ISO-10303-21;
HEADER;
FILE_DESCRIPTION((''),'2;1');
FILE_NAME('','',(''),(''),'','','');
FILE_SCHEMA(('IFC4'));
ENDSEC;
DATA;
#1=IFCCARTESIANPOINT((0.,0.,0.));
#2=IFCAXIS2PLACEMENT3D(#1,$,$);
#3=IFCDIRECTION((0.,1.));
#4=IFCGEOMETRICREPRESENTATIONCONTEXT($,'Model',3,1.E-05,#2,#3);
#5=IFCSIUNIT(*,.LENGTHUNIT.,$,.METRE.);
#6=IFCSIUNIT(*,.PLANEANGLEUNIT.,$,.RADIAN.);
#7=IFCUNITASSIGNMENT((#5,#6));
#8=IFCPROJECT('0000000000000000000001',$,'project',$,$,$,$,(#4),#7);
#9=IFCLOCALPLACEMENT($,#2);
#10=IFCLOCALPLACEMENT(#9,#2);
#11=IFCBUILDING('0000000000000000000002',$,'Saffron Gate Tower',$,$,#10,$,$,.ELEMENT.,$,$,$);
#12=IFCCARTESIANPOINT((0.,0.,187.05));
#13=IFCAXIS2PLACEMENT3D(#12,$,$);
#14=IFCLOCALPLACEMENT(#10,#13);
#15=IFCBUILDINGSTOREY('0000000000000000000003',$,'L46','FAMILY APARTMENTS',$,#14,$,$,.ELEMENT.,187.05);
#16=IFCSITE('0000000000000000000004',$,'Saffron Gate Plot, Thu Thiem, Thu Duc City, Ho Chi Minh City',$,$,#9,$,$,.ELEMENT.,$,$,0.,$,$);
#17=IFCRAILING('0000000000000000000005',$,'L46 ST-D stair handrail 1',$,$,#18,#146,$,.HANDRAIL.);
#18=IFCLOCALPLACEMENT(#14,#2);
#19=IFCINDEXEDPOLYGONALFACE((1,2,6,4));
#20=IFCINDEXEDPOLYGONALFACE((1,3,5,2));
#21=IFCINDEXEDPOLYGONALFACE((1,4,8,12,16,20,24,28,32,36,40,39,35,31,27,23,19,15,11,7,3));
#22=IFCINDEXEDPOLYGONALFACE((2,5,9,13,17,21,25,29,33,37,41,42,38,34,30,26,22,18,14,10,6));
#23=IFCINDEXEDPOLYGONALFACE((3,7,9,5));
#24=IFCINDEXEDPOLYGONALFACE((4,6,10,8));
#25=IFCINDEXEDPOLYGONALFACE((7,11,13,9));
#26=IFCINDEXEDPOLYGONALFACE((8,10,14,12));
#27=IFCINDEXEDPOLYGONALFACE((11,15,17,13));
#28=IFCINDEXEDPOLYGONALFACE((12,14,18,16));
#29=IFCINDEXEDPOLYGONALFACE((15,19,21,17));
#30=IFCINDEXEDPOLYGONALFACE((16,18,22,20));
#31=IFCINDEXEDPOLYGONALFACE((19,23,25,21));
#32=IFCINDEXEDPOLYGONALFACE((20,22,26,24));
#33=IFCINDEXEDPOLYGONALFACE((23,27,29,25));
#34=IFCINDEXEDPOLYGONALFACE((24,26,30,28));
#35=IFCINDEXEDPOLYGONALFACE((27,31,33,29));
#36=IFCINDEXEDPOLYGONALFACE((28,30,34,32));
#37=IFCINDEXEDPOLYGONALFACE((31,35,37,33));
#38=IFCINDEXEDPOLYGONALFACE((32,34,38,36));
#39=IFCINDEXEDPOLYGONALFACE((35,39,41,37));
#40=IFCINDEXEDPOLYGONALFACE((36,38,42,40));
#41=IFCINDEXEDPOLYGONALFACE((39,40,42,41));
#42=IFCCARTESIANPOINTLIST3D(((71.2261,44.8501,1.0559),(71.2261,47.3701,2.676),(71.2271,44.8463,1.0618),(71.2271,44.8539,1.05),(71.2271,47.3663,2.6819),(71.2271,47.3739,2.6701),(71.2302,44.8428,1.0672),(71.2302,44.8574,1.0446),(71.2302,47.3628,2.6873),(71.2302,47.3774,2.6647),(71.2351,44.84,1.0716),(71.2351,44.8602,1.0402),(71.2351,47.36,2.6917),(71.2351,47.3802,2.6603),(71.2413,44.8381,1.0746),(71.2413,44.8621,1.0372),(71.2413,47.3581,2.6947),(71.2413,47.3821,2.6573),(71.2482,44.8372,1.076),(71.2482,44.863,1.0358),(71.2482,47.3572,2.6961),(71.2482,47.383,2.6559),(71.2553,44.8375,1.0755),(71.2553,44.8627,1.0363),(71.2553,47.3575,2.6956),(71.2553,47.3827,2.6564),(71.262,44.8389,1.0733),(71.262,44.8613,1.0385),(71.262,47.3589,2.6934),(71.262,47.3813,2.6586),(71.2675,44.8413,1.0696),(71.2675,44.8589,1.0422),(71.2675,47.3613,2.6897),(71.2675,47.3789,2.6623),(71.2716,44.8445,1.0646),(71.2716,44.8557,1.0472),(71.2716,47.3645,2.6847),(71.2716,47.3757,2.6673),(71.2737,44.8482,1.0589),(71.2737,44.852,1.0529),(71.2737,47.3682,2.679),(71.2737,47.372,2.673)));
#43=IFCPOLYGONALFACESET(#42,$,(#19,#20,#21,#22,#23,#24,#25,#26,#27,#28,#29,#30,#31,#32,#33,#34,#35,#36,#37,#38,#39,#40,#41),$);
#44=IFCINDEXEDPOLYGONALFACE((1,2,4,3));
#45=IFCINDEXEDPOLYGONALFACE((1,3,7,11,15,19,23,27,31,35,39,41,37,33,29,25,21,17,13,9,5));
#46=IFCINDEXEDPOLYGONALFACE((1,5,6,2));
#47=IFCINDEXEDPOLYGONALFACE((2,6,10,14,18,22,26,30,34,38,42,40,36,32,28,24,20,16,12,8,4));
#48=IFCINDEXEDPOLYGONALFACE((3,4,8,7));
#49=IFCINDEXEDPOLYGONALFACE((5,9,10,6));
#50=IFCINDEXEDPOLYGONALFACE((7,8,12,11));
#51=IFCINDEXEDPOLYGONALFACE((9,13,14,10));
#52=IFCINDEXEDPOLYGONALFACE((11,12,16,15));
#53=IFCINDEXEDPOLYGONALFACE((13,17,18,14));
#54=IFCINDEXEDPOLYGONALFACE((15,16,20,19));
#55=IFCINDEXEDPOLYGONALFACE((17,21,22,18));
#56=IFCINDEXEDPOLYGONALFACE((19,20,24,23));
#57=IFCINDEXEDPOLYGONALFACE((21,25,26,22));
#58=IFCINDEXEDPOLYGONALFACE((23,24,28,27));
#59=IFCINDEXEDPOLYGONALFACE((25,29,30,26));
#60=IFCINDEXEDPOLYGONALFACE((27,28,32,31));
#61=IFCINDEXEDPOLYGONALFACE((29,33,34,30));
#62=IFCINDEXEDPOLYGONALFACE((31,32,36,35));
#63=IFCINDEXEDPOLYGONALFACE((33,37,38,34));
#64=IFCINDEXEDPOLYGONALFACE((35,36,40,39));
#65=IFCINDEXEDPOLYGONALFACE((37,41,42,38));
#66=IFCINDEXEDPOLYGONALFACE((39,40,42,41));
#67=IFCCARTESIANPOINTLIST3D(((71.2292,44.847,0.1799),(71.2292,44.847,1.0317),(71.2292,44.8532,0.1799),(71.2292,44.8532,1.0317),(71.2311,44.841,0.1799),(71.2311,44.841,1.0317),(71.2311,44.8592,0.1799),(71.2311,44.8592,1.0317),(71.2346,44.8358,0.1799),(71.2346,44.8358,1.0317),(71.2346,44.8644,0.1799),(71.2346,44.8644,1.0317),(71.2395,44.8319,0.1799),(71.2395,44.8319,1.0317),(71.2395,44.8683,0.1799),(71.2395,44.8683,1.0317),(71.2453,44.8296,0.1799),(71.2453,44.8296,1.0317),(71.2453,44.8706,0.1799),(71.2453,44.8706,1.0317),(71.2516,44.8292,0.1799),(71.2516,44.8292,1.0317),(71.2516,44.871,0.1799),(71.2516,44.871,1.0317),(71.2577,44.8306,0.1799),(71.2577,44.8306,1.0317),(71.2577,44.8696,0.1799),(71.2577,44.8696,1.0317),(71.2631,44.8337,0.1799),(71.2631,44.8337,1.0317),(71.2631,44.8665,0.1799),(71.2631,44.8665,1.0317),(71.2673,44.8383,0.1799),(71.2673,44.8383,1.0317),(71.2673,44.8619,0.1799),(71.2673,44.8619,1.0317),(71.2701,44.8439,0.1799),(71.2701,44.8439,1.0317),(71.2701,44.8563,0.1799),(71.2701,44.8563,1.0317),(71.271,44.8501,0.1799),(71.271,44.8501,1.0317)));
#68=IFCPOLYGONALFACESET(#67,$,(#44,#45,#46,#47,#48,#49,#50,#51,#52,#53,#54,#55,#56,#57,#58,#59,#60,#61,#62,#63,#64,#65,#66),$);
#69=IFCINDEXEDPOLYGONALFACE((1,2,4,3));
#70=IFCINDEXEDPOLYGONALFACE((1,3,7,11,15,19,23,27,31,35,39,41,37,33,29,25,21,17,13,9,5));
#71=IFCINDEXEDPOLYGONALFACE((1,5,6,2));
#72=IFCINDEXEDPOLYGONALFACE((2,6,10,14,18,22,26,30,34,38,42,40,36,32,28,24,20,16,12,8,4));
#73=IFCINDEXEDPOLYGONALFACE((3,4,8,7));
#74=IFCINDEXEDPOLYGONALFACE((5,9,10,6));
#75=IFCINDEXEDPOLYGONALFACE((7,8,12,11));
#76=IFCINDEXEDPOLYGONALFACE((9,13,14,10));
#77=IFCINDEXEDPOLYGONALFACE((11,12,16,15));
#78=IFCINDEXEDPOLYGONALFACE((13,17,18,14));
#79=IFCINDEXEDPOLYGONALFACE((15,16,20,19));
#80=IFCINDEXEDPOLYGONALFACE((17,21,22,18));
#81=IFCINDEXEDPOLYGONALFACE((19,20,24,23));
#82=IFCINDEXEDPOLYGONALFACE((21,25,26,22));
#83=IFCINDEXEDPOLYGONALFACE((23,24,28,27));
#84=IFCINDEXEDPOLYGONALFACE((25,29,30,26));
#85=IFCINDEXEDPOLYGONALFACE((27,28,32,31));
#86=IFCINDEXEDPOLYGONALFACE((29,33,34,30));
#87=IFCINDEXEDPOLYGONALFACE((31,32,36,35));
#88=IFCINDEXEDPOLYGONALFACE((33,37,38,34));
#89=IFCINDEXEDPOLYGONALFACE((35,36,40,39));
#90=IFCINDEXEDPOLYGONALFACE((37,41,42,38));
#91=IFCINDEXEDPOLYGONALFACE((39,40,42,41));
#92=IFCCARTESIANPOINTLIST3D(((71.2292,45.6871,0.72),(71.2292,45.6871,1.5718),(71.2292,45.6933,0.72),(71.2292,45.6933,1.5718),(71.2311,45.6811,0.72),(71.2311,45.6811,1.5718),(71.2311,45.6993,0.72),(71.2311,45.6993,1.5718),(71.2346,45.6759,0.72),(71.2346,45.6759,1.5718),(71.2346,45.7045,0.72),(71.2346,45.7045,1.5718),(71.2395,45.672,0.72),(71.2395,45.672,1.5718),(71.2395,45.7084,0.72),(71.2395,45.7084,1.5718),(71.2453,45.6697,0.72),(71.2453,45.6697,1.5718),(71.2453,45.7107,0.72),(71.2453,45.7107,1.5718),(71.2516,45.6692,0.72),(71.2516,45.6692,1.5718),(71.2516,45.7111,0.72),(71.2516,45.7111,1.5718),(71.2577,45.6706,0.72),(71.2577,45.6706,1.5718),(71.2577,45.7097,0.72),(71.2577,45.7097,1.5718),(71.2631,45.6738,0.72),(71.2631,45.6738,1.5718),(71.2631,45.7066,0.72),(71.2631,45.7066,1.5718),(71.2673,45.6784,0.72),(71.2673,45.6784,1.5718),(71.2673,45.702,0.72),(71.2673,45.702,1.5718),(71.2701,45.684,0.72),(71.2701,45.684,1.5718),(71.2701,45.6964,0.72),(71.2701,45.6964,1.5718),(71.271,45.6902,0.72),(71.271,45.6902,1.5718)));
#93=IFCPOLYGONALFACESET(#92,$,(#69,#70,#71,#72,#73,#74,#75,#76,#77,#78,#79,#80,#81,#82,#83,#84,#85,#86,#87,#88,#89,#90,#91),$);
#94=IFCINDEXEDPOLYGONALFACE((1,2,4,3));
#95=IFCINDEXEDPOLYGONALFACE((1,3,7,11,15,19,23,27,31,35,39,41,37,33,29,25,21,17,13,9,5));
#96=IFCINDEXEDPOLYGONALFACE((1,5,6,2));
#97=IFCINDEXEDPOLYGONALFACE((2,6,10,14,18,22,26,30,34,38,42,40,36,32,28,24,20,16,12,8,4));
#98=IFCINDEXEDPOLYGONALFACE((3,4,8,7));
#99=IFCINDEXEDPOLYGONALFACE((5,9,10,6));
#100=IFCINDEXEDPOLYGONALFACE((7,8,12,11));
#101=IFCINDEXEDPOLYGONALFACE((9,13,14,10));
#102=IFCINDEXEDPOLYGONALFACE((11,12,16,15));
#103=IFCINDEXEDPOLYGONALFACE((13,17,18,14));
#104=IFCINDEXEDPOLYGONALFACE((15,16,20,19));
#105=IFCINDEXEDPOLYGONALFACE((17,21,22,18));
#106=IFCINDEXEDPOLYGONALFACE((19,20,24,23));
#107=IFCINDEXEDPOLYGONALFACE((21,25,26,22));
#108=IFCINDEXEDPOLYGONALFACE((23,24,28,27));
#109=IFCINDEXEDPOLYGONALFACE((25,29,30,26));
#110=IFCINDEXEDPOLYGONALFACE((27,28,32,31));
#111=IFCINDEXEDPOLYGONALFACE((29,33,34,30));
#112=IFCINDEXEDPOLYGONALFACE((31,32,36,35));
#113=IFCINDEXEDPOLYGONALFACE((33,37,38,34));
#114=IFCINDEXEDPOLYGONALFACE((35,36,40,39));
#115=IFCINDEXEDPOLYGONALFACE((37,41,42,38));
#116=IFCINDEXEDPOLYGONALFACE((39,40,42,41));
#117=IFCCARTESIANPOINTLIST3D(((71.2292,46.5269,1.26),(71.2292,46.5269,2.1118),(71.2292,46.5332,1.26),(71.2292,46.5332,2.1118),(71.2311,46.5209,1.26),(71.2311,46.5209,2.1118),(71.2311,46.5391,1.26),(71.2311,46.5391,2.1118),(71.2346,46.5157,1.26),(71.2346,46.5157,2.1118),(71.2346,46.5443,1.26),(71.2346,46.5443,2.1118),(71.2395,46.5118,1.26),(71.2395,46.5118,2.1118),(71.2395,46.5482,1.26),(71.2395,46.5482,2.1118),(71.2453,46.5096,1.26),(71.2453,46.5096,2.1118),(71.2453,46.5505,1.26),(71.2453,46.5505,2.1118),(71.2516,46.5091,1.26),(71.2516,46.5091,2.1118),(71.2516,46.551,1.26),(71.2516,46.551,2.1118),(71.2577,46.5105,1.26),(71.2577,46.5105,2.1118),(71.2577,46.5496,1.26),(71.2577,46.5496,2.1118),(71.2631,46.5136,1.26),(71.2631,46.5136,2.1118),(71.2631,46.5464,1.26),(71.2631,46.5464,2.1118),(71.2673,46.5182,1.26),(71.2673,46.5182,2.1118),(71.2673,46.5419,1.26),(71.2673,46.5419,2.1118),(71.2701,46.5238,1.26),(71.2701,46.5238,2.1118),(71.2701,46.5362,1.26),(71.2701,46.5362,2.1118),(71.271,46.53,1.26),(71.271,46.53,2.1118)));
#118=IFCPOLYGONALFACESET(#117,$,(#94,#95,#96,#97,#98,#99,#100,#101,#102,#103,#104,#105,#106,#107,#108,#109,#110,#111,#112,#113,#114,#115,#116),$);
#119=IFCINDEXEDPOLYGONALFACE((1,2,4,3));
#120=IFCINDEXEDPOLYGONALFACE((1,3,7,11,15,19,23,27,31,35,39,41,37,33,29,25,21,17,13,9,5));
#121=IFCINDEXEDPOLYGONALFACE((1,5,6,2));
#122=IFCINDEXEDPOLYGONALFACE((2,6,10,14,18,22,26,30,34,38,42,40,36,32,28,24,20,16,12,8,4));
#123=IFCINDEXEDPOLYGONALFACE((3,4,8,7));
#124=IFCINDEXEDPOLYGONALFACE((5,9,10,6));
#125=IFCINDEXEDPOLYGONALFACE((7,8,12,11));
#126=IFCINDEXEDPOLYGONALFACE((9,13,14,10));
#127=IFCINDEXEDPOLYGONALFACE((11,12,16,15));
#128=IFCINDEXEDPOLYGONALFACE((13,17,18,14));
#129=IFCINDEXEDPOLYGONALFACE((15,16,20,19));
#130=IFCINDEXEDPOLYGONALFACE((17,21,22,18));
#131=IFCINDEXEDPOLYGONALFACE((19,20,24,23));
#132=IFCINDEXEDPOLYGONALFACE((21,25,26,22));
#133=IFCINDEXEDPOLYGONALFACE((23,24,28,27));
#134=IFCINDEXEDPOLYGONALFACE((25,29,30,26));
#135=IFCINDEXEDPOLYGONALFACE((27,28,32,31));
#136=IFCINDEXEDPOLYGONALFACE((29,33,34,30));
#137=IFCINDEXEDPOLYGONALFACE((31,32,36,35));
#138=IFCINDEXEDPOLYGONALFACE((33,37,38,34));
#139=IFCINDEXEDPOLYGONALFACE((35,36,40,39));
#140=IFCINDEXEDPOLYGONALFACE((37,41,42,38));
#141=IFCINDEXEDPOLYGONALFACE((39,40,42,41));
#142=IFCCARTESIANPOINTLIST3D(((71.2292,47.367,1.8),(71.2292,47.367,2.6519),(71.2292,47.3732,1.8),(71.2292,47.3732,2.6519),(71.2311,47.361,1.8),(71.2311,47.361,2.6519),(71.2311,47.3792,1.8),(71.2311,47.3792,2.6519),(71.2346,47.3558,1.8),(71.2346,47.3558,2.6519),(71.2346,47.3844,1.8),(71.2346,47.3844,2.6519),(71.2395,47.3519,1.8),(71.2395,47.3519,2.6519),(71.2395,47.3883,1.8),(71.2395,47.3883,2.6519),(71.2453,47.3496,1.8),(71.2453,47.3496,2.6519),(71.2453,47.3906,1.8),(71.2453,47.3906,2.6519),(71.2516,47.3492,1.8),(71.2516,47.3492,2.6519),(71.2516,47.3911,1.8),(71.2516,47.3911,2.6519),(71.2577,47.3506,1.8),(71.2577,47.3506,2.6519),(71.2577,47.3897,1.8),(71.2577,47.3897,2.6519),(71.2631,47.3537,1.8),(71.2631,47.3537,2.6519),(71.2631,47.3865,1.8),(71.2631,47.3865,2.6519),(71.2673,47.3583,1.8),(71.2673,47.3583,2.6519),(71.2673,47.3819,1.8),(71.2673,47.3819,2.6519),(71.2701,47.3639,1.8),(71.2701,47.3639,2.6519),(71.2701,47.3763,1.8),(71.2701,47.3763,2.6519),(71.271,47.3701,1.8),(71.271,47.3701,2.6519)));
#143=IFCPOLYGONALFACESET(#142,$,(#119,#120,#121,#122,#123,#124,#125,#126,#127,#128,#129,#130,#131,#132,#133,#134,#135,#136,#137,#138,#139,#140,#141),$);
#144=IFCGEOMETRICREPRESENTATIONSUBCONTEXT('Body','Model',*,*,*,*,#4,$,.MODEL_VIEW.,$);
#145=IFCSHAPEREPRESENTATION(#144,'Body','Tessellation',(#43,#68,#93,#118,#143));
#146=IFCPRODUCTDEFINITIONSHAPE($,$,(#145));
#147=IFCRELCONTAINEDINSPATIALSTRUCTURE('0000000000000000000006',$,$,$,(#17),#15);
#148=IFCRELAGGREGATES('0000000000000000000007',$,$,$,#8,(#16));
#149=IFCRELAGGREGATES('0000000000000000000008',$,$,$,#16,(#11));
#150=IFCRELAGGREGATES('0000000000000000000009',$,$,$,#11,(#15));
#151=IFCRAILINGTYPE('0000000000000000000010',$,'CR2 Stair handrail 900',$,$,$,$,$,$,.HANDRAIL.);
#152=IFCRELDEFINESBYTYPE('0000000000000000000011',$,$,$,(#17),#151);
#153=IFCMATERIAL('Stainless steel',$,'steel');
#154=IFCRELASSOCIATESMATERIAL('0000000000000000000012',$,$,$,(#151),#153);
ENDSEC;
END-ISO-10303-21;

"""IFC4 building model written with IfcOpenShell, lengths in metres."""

from ifc_helpers import new_model, si_unit, direction, frame, origin, origin_2d, place, context, subcontext, project, spatial, circle, extrude, material, type_object, element, save


model = new_model("IFC4")

# Units and contexts
model_context = context("Model", 3, precision=1e-05, world=origin(), true_north=direction((0.0, 1.0)))
body_context = subcontext(model_context, "Body", "Model", "MODEL_VIEW")
ifc_project = project(units=[si_unit("LENGTHUNIT", "METRE"), si_unit("PLANEANGLEUNIT", "RADIAN")], contexts=[model_context])

# Site, building, storey
site_placement = place(None, origin())
site = spatial("IfcSite", under=ifc_project, at=site_placement, Name="Saffron Gate Plot, Thu Thiem, Thu Duc City, Ho Chi Minh City", CompositionType="ELEMENT", RefElevation=0.0)
building_placement = place(site_placement, origin())
building = spatial("IfcBuilding", under=site, at=building_placement, Name="Saffron Gate Tower", CompositionType="ELEMENT")
storey_placement = place(building_placement, frame((0.0, 0.0, 187.05)))
storey = spatial("IfcBuildingStorey", under=building, at=storey_placement, Name="L46", Description="FAMILY APARTMENTS", CompositionType="ELEMENT", Elevation=187.05)

# Railing
ifc_material_1 = material(Name="Stainless steel", Category="steel")
railing_type_1 = type_object("IfcRailingType", Name="CR2 Stair handrail 900", PredefinedType="HANDRAIL", material=ifc_material_1)
railing_1_placement = place(storey_placement, frame((71.25, 44.8501, 0.1799)))
element("IfcRailing", 1, at=railing_1_placement, inside=storey, type_object=railing_type_1, Name="L46 ST-D stair handrail 1", PredefinedType="HANDRAIL", context=body_context, shape_type="SweptSolid", body=[
    extrude(circle(Radius=0.0239, at=origin_2d()), frame((0.0, 0.0, 0.876), z_axis=(0.0, 0.841163, 0.540782), x_axis=(-1.0, 0.0, 0.0)), (0.0, 0.0, 1.0), 2.9958),
    extrude(circle(Radius=0.021, at=origin_2d()), origin(), (0.0, 0.0, 1.0), 0.8518),
    extrude(circle(Radius=0.021, at=origin_2d()), frame((0.0, 0.8401, 0.54)), (0.0, 0.0, 1.0), 0.8518),
    extrude(circle(Radius=0.021, at=origin_2d()), frame((0.0, 1.6799, 1.0801)), (0.0, 0.0, 1.0), 0.8518),
    extrude(circle(Radius=0.021, at=origin_2d()), frame((0.0, 2.52, 1.6201)), (0.0, 0.0, 1.0), 0.8518),
])

save(model, "model.ifc")
